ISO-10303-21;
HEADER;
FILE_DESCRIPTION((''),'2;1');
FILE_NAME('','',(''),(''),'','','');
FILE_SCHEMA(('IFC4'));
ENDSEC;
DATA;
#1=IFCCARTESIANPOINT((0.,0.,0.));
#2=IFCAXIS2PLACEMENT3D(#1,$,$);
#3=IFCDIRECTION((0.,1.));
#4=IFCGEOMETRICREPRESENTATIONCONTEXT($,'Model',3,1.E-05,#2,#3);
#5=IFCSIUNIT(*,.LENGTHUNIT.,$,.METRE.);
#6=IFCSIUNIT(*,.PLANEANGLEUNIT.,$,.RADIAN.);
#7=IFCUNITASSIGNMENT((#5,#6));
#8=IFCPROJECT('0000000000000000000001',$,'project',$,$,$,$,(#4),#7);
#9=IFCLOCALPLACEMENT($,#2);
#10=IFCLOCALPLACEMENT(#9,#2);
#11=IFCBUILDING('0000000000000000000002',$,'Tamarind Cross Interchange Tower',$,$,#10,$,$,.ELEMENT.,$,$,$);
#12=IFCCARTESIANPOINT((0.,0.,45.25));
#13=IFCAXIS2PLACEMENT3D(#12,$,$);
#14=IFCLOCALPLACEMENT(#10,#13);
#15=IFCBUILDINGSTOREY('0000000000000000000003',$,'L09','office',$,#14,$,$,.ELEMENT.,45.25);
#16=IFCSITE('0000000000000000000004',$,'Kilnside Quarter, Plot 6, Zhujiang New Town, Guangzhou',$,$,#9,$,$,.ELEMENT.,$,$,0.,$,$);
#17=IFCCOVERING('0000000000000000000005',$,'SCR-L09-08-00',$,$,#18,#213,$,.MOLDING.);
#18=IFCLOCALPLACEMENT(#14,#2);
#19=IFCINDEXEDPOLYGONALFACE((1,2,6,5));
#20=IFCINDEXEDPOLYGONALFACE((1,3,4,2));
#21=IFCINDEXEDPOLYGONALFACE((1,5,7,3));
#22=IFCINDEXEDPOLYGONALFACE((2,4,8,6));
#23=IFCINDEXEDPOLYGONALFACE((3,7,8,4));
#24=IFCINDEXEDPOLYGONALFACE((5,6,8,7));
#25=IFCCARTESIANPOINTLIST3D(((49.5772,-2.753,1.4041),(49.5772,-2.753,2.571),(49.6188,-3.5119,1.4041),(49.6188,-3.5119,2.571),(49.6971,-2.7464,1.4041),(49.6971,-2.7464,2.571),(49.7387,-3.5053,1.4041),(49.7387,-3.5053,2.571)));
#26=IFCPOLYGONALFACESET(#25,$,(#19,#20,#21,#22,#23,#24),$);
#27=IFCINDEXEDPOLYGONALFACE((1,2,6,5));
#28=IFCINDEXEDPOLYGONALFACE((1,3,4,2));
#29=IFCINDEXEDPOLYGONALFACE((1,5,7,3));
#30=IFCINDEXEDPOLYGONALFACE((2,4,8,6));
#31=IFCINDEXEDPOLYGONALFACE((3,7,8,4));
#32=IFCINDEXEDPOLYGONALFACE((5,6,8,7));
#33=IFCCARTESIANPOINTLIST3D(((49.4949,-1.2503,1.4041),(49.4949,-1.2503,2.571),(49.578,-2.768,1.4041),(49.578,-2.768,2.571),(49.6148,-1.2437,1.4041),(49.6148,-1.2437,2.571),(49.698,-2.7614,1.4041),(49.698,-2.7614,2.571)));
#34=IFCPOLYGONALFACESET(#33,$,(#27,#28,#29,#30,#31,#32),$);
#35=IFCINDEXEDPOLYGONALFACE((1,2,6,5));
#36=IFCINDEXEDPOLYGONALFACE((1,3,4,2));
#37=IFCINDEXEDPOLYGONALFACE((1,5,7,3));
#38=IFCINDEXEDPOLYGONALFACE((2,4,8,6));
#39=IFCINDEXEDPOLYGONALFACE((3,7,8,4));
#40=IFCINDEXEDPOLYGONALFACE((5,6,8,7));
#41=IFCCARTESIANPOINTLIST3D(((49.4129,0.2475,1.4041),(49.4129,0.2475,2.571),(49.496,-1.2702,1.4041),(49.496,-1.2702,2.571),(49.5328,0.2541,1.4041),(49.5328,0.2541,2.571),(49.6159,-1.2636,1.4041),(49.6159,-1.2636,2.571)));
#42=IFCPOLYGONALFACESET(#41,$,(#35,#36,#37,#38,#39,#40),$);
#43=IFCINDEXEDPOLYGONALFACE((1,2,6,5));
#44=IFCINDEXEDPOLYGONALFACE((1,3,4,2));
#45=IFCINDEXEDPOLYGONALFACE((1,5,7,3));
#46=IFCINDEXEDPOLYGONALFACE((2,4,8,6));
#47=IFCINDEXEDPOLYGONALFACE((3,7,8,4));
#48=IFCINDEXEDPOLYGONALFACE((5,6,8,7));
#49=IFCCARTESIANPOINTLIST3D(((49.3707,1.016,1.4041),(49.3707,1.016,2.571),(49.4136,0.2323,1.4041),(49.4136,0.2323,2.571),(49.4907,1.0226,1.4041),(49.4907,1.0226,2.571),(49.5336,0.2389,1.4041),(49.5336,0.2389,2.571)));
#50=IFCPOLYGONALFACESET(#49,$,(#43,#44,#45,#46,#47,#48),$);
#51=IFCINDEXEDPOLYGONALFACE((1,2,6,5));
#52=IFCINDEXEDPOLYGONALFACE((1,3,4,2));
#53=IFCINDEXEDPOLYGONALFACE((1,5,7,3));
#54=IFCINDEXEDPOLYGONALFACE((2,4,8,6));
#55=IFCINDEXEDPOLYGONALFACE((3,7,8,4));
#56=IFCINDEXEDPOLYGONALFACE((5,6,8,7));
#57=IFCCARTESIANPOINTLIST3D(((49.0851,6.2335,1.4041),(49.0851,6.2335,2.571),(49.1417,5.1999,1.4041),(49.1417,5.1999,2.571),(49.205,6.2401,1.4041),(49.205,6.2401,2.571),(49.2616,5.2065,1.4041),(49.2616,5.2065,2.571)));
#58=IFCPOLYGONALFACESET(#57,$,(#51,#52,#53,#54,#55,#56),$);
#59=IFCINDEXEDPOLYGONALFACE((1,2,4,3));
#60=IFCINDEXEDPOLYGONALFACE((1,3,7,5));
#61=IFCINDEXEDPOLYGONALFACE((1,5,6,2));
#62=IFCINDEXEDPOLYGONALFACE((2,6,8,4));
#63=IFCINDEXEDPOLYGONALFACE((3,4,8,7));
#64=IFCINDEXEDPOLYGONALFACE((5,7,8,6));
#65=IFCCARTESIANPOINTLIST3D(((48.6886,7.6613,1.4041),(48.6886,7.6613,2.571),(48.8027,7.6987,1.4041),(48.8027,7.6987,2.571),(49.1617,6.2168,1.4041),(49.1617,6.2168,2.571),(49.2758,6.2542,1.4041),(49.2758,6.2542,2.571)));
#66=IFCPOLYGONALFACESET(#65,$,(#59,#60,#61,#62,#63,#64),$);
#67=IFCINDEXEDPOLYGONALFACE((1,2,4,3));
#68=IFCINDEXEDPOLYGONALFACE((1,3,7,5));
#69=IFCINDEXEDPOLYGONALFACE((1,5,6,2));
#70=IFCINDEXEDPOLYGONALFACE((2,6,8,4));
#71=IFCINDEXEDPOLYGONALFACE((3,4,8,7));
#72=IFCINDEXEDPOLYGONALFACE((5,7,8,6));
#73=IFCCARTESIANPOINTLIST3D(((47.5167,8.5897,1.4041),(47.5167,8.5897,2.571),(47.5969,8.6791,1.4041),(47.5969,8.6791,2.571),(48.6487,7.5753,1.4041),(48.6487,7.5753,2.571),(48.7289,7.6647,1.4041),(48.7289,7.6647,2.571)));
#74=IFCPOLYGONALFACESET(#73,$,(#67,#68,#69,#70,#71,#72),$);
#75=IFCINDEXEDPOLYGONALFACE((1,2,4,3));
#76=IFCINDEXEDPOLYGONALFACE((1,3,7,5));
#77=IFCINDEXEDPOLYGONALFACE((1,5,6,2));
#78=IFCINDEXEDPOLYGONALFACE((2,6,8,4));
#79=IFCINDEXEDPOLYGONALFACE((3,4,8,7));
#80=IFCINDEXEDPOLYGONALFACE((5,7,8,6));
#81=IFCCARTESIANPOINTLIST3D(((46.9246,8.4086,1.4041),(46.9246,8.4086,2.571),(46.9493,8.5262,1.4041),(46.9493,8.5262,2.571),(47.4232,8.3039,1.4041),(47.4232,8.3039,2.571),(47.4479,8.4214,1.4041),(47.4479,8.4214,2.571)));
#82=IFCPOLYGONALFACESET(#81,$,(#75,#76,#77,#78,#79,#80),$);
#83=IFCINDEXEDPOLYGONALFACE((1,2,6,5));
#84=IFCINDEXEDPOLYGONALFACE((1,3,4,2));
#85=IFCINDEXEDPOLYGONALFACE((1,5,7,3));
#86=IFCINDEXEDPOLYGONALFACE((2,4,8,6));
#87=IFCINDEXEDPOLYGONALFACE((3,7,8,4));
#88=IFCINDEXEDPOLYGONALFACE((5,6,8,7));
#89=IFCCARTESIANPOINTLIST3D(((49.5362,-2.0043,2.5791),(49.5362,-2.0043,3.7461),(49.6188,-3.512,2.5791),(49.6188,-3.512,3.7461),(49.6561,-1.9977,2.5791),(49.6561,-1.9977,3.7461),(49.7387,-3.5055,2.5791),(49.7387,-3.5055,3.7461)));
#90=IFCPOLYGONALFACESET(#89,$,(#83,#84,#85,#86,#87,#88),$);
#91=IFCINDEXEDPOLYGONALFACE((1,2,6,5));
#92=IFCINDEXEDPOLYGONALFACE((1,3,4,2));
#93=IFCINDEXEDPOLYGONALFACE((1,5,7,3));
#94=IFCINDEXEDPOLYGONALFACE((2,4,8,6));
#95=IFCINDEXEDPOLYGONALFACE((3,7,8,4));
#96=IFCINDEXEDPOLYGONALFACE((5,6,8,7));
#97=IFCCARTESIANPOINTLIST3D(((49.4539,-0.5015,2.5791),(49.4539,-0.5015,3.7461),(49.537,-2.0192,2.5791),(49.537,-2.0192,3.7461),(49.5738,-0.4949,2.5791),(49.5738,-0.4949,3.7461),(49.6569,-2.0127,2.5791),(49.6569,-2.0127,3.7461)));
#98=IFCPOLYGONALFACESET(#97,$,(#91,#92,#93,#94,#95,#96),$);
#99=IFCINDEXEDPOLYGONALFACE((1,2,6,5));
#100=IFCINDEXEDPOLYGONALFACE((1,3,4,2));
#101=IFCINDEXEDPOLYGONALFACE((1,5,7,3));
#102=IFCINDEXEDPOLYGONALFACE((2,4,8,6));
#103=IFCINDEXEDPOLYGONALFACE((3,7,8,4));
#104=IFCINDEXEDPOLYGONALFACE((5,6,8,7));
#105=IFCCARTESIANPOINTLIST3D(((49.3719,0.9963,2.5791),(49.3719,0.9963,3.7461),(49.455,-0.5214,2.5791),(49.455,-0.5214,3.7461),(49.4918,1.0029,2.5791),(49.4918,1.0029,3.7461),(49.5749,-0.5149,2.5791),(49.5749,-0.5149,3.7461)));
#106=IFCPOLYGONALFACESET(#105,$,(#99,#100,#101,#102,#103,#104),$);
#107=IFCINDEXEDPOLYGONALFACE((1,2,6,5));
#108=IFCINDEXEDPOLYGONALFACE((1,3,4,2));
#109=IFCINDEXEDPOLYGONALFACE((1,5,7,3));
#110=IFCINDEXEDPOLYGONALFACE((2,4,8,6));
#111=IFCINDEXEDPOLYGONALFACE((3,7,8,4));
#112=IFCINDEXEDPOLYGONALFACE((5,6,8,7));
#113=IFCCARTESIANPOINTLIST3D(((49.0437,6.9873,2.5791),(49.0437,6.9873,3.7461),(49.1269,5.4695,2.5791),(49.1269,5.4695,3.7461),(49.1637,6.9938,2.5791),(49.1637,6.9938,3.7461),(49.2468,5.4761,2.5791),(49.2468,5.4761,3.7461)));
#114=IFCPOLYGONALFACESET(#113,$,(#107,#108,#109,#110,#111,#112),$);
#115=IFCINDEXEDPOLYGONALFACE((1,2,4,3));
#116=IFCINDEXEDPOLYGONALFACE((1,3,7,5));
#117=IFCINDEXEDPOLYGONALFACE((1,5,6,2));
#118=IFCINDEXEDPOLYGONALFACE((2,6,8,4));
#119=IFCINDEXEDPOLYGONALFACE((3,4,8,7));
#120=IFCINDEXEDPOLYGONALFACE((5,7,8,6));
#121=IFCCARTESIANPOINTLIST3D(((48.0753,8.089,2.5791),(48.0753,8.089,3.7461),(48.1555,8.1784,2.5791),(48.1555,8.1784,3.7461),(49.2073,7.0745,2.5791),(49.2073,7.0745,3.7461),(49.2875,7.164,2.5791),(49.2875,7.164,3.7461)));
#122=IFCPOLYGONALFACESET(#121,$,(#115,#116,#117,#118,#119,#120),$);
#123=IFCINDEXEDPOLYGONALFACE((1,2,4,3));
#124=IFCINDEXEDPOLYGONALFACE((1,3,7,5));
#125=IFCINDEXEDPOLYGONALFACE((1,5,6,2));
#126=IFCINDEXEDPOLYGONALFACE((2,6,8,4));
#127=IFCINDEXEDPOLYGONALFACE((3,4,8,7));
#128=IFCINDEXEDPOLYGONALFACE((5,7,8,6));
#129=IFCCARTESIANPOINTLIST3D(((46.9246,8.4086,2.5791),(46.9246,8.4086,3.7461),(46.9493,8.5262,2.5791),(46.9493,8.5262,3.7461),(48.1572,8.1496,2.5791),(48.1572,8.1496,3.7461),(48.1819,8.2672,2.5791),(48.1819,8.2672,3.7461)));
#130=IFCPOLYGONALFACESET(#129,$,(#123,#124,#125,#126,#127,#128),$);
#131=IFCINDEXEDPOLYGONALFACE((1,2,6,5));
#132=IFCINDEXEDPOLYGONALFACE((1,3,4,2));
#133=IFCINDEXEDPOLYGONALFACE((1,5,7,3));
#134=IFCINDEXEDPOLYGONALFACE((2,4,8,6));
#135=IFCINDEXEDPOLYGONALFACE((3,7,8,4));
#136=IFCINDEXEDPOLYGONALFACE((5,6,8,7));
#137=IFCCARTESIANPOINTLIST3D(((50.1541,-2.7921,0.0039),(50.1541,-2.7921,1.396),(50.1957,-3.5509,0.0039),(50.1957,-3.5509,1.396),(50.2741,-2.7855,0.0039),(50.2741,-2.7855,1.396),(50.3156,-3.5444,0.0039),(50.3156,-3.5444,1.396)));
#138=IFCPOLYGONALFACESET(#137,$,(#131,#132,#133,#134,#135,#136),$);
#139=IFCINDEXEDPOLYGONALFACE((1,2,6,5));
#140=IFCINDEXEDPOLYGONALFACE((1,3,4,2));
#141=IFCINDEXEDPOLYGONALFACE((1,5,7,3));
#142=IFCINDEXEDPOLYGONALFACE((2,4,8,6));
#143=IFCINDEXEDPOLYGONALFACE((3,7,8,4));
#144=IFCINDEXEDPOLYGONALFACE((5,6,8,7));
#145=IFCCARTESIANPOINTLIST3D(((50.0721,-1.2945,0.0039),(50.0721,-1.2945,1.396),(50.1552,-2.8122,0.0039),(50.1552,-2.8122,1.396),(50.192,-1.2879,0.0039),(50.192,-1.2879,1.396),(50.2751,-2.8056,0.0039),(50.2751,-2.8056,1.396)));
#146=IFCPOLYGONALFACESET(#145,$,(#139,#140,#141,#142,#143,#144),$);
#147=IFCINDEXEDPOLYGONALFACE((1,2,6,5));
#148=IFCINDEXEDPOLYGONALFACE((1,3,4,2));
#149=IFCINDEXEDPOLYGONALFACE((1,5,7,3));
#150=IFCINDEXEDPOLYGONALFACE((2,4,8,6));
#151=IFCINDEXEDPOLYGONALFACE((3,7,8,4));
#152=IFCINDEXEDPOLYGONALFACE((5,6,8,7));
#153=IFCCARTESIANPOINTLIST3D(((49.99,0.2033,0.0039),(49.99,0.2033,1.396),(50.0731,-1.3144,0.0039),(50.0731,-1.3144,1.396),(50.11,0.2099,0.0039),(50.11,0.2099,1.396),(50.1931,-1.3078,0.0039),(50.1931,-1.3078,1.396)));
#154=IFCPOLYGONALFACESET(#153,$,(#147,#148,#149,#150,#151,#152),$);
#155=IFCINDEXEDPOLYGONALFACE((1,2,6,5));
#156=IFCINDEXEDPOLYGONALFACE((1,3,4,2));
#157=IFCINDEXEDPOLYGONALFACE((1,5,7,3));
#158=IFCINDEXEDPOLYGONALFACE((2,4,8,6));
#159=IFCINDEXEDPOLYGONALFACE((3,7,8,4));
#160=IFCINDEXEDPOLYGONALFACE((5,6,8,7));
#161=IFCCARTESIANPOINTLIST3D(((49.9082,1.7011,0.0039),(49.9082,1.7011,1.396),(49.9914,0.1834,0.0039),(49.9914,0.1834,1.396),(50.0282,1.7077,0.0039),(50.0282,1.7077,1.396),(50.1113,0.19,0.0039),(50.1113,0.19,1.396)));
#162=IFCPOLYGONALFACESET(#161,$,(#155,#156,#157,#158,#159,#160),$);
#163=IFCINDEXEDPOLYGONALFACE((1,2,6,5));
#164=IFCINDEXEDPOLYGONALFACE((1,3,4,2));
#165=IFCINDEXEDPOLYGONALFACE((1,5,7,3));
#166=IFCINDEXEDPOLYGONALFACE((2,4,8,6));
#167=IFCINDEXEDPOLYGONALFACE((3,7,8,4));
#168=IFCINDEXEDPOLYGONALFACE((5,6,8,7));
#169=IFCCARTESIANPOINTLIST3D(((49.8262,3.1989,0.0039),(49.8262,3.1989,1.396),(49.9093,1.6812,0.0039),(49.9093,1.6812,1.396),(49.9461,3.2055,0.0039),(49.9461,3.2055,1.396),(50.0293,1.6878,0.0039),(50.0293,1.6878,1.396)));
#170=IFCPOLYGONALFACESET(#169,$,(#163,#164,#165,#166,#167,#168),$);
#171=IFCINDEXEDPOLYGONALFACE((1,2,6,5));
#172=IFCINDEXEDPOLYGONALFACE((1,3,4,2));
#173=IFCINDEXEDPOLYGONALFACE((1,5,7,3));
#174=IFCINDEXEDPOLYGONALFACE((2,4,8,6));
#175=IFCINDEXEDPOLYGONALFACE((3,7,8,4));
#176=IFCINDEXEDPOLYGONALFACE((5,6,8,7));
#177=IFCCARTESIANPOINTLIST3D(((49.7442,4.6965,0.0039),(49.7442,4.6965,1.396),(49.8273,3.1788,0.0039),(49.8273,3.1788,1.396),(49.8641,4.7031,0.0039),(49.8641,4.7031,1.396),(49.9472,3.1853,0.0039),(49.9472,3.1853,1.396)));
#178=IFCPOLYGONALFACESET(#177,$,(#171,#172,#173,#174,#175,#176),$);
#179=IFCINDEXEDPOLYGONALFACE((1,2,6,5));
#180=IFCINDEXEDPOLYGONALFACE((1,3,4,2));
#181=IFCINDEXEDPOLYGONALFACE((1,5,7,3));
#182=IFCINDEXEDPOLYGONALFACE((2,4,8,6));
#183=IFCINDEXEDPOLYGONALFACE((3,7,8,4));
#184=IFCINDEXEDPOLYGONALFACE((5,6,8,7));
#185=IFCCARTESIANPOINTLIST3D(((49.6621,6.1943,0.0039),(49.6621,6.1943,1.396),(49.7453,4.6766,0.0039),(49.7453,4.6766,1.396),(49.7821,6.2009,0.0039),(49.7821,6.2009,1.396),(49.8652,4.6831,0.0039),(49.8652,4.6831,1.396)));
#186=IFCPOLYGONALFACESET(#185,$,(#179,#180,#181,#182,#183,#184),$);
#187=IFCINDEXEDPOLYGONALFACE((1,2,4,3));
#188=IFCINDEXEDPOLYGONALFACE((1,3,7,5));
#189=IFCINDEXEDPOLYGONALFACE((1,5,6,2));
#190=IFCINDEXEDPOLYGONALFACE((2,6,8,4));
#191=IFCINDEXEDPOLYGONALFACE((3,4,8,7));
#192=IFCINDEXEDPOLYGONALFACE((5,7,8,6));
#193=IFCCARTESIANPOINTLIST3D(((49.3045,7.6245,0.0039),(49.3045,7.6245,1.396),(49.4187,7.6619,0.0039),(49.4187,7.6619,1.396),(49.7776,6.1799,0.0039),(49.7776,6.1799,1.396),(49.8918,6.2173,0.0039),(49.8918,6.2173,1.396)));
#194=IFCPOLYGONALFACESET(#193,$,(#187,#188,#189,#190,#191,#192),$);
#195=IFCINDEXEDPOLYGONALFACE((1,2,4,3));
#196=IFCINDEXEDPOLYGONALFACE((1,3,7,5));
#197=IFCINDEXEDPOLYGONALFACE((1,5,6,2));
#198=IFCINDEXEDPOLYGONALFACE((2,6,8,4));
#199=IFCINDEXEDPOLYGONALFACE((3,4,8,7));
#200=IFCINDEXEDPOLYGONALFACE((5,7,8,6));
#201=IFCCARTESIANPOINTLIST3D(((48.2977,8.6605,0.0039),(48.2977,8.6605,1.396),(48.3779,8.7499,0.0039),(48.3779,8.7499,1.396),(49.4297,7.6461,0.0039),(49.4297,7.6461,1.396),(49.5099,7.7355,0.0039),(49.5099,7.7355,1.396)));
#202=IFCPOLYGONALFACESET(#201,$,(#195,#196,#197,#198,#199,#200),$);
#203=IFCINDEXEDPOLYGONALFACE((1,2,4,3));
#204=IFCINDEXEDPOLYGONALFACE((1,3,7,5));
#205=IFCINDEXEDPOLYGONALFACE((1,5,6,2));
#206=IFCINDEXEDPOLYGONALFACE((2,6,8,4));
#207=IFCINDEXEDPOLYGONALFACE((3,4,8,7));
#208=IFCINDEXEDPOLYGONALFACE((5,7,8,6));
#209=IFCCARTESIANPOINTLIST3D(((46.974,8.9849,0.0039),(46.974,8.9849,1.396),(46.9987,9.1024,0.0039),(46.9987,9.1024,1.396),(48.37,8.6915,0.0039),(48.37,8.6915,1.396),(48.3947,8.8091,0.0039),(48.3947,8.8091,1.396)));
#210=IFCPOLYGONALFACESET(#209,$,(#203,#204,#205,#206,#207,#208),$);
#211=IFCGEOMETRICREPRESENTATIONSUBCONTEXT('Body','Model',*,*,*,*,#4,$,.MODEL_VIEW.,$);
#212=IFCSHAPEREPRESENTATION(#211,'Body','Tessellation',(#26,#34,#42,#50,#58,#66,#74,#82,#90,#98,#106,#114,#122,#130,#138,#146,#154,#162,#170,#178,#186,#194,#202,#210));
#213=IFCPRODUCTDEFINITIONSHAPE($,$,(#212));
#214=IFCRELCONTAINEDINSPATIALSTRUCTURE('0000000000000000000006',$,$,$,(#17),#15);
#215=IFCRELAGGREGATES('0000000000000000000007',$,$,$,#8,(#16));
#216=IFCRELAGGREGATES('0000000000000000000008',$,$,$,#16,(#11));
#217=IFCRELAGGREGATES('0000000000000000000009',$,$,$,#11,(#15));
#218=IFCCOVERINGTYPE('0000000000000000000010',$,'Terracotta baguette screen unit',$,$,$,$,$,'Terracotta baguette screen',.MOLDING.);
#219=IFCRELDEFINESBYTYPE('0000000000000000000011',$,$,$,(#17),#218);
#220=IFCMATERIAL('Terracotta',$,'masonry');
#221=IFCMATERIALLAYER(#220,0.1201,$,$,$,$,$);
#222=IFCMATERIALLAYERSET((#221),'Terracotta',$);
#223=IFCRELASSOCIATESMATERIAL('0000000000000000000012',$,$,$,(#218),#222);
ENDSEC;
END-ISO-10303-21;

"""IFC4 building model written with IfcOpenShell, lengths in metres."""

from ifc_helpers import new_model, si_unit, direction, frame, origin, origin_2d, place, context, subcontext, project, spatial, rectangle, extrude, material, layer, layer_set, type_object, element, save


model = new_model("IFC4")

# Units and contexts
model_context = context("Model", 3, precision=1e-05, world=origin(), true_north=direction((0.0, 1.0)))
body_context = subcontext(model_context, "Body", "Model", "MODEL_VIEW")
ifc_project = project(units=[si_unit("LENGTHUNIT", "METRE"), si_unit("PLANEANGLEUNIT", "RADIAN")], contexts=[model_context])

# Site, building, storey
site_placement = place(None, origin())
site = spatial("IfcSite", under=ifc_project, at=site_placement, Name="Kilnside Quarter, Plot 6, Zhujiang New Town, Guangzhou", CompositionType="ELEMENT", RefElevation=0.0)
building_placement = place(site_placement, origin())
building = spatial("IfcBuilding", under=site, at=building_placement, Name="Tamarind Cross Interchange Tower", CompositionType="ELEMENT")
storey_placement = place(building_placement, frame((0.0, 0.0, 45.25)))
storey = spatial("IfcBuildingStorey", under=building, at=storey_placement, Name="L09", Description="office", CompositionType="ELEMENT", Elevation=45.25)

# Covering
ifc_material_1 = material(Name="Terracotta", Category="masonry")
ifc_layer_1 = layer(ifc_material_1, 0.1201)
ifc_layer_set_1 = layer_set([ifc_layer_1], Name="Terracotta")
covering_type = type_object("IfcCoveringType", Name="Terracotta baguette screen unit", ElementType="Terracotta baguette screen", PredefinedType="MOLDING", material=ifc_layer_set_1)
covering_1_placement = place(storey_placement, origin())
element("IfcCovering", 1, at=covering_1_placement, inside=storey, type_object=covering_type, Name="SCR-L09-08-00", PredefinedType="MOLDING", context=body_context, shape_type="SweptSolid", body=[
    extrude(rectangle(XDim=0.76, YDim=0.1201, at=origin_2d()), frame((49.658, -3.1292, 1.4041), z_axis=(0.0, 0.0, 1.0), x_axis=(-0.054678, 0.998504, 0.0)), (0.0, 0.0, 1.0), 1.167),
    extrude(rectangle(XDim=1.52, YDim=0.1201, at=origin_2d()), frame((49.5964, -2.0059, 1.4041), z_axis=(0.0, 0.0, 1.0), x_axis=(-0.054678, 0.998504, 0.0)), (0.0, 0.0, 1.0), 1.167),
    extrude(rectangle(XDim=1.52, YDim=0.1201, at=origin_2d()), frame((49.5144, -0.5081, 1.4041), z_axis=(0.0, 0.0, 1.0), x_axis=(-0.054678, 0.998504, 0.0)), (0.0, 0.0, 1.0), 1.167),
    extrude(rectangle(XDim=0.7849, YDim=0.1201, at=origin_2d()), frame((49.4521, 0.6274, 1.4041), z_axis=(0.0, 0.0, 1.0), x_axis=(-0.054678, 0.998504, 0.0)), (0.0, 0.0, 1.0), 1.167),
    extrude(rectangle(XDim=1.0352, YDim=0.1201, at=origin_2d()), frame((49.1733, 5.72, 1.4041), z_axis=(0.0, 0.0, 1.0), x_axis=(-0.054678, 0.998504, 0.0)), (0.0, 0.0, 1.0), 1.167),
    extrude(rectangle(XDim=1.52, YDim=0.1201, at=origin_2d()), frame((48.9822, 6.9578, 1.4041), z_axis=(0.0, 0.0, 1.0), x_axis=(-0.311247, 0.950329, 0.0)), (0.0, 0.0, 1.0), 1.167),
    extrude(rectangle(XDim=1.52, YDim=0.1201, at=origin_2d()), frame((48.1228, 8.1272, 1.4041), z_axis=(0.0, 0.0, 1.0), x_axis=(-0.744712, 0.667386, 0.0)), (0.0, 0.0, 1.0), 1.167),
    extrude(rectangle(XDim=0.5095, YDim=0.1201, at=origin_2d()), frame((47.1863, 8.415, 1.4041), z_axis=(0.0, 0.0, 1.0), x_axis=(-0.978633, 0.205617, 0.0)), (0.0, 0.0, 1.0), 1.167),
    extrude(rectangle(XDim=1.51, YDim=0.1201, at=origin_2d()), frame((49.6375, -2.7549, 2.5791), z_axis=(0.0, 0.0, 1.0), x_axis=(-0.054678, 0.998504, 0.0)), (0.0, 0.0, 1.0), 1.167),
    extrude(rectangle(XDim=1.52, YDim=0.1201, at=origin_2d()), frame((49.5554, -1.2571, 2.5791), z_axis=(0.0, 0.0, 1.0), x_axis=(-0.054678, 0.998504, 0.0)), (0.0, 0.0, 1.0), 1.167),
    extrude(rectangle(XDim=1.52, YDim=0.1201, at=origin_2d()), frame((49.4734, 0.2407, 2.5791), z_axis=(0.0, 0.0, 1.0), x_axis=(-0.054678, 0.998504, 0.0)), (0.0, 0.0, 1.0), 1.167),
    extrude(rectangle(XDim=1.52, YDim=0.1201, at=origin_2d()), frame((49.1453, 6.2317, 2.5791), z_axis=(0.0, 0.0, 1.0), x_axis=(-0.054678, 0.998504, 0.0)), (0.0, 0.0, 1.0), 1.167),
    extrude(rectangle(XDim=1.52, YDim=0.1201, at=origin_2d()), frame((48.6814, 7.6265, 2.5791), z_axis=(0.0, 0.0, 1.0), x_axis=(-0.744712, 0.667386, 0.0)), (0.0, 0.0, 1.0), 1.167),
    extrude(rectangle(XDim=1.2595, YDim=0.1201, at=origin_2d()), frame((47.5532, 8.3379, 2.5791), z_axis=(0.0, 0.0, 1.0), x_axis=(-0.978633, 0.205617, 0.0)), (0.0, 0.0, 1.0), 1.167),
    extrude(rectangle(XDim=0.76, YDim=0.1201, at=origin_2d()), frame((50.2349, -3.1682, 0.0039), z_axis=(0.0, 0.0, 1.0), x_axis=(-0.054678, 0.998504, 0.0)), (0.0, 0.0, 1.0), 1.3921),
    extrude(rectangle(XDim=1.52, YDim=0.1201, at=origin_2d()), frame((50.1736, -2.05, 0.0039), z_axis=(0.0, 0.0, 1.0), x_axis=(-0.054678, 0.998504, 0.0)), (0.0, 0.0, 1.0), 1.3921),
    extrude(rectangle(XDim=1.52, YDim=0.1201, at=origin_2d()), frame((50.0916, -0.5522, 0.0039), z_axis=(0.0, 0.0, 1.0), x_axis=(-0.054678, 0.998504, 0.0)), (0.0, 0.0, 1.0), 1.3921),
    extrude(rectangle(XDim=1.52, YDim=0.1201, at=origin_2d()), frame((50.0098, 0.9456, 0.0039), z_axis=(0.0, 0.0, 1.0), x_axis=(-0.054678, 0.998504, 0.0)), (0.0, 0.0, 1.0), 1.3921),
    extrude(rectangle(XDim=1.52, YDim=0.1201, at=origin_2d()), frame((49.9277, 2.4434, 0.0039), z_axis=(0.0, 0.0, 1.0), x_axis=(-0.054678, 0.998504, 0.0)), (0.0, 0.0, 1.0), 1.3921),
    extrude(rectangle(XDim=1.52, YDim=0.1201, at=origin_2d()), frame((49.8457, 3.9409, 0.0039), z_axis=(0.0, 0.0, 1.0), x_axis=(-0.054678, 0.998504, 0.0)), (0.0, 0.0, 1.0), 1.3921),
    extrude(rectangle(XDim=1.52, YDim=0.1201, at=origin_2d()), frame((49.7637, 5.4387, 0.0039), z_axis=(0.0, 0.0, 1.0), x_axis=(-0.054678, 0.998504, 0.0)), (0.0, 0.0, 1.0), 1.3921),
    extrude(rectangle(XDim=1.52, YDim=0.1201, at=origin_2d()), frame((49.5981, 6.9209, 0.0039), z_axis=(0.0, 0.0, 1.0), x_axis=(-0.311247, 0.950329, 0.0)), (0.0, 0.0, 1.0), 1.3921),
    extrude(rectangle(XDim=1.52, YDim=0.1201, at=origin_2d()), frame((48.9038, 8.198, 0.0039), z_axis=(0.0, 0.0, 1.0), x_axis=(-0.744712, 0.667386, 0.0)), (0.0, 0.0, 1.0), 1.3921),
    extrude(rectangle(XDim=1.4265, YDim=0.1201, at=origin_2d()), frame((47.6843, 8.897, 0.0039), z_axis=(0.0, 0.0, 1.0), x_axis=(-0.978633, 0.205617, 0.0)), (0.0, 0.0, 1.0), 1.3921),
])

save(model, "model.ifc")
